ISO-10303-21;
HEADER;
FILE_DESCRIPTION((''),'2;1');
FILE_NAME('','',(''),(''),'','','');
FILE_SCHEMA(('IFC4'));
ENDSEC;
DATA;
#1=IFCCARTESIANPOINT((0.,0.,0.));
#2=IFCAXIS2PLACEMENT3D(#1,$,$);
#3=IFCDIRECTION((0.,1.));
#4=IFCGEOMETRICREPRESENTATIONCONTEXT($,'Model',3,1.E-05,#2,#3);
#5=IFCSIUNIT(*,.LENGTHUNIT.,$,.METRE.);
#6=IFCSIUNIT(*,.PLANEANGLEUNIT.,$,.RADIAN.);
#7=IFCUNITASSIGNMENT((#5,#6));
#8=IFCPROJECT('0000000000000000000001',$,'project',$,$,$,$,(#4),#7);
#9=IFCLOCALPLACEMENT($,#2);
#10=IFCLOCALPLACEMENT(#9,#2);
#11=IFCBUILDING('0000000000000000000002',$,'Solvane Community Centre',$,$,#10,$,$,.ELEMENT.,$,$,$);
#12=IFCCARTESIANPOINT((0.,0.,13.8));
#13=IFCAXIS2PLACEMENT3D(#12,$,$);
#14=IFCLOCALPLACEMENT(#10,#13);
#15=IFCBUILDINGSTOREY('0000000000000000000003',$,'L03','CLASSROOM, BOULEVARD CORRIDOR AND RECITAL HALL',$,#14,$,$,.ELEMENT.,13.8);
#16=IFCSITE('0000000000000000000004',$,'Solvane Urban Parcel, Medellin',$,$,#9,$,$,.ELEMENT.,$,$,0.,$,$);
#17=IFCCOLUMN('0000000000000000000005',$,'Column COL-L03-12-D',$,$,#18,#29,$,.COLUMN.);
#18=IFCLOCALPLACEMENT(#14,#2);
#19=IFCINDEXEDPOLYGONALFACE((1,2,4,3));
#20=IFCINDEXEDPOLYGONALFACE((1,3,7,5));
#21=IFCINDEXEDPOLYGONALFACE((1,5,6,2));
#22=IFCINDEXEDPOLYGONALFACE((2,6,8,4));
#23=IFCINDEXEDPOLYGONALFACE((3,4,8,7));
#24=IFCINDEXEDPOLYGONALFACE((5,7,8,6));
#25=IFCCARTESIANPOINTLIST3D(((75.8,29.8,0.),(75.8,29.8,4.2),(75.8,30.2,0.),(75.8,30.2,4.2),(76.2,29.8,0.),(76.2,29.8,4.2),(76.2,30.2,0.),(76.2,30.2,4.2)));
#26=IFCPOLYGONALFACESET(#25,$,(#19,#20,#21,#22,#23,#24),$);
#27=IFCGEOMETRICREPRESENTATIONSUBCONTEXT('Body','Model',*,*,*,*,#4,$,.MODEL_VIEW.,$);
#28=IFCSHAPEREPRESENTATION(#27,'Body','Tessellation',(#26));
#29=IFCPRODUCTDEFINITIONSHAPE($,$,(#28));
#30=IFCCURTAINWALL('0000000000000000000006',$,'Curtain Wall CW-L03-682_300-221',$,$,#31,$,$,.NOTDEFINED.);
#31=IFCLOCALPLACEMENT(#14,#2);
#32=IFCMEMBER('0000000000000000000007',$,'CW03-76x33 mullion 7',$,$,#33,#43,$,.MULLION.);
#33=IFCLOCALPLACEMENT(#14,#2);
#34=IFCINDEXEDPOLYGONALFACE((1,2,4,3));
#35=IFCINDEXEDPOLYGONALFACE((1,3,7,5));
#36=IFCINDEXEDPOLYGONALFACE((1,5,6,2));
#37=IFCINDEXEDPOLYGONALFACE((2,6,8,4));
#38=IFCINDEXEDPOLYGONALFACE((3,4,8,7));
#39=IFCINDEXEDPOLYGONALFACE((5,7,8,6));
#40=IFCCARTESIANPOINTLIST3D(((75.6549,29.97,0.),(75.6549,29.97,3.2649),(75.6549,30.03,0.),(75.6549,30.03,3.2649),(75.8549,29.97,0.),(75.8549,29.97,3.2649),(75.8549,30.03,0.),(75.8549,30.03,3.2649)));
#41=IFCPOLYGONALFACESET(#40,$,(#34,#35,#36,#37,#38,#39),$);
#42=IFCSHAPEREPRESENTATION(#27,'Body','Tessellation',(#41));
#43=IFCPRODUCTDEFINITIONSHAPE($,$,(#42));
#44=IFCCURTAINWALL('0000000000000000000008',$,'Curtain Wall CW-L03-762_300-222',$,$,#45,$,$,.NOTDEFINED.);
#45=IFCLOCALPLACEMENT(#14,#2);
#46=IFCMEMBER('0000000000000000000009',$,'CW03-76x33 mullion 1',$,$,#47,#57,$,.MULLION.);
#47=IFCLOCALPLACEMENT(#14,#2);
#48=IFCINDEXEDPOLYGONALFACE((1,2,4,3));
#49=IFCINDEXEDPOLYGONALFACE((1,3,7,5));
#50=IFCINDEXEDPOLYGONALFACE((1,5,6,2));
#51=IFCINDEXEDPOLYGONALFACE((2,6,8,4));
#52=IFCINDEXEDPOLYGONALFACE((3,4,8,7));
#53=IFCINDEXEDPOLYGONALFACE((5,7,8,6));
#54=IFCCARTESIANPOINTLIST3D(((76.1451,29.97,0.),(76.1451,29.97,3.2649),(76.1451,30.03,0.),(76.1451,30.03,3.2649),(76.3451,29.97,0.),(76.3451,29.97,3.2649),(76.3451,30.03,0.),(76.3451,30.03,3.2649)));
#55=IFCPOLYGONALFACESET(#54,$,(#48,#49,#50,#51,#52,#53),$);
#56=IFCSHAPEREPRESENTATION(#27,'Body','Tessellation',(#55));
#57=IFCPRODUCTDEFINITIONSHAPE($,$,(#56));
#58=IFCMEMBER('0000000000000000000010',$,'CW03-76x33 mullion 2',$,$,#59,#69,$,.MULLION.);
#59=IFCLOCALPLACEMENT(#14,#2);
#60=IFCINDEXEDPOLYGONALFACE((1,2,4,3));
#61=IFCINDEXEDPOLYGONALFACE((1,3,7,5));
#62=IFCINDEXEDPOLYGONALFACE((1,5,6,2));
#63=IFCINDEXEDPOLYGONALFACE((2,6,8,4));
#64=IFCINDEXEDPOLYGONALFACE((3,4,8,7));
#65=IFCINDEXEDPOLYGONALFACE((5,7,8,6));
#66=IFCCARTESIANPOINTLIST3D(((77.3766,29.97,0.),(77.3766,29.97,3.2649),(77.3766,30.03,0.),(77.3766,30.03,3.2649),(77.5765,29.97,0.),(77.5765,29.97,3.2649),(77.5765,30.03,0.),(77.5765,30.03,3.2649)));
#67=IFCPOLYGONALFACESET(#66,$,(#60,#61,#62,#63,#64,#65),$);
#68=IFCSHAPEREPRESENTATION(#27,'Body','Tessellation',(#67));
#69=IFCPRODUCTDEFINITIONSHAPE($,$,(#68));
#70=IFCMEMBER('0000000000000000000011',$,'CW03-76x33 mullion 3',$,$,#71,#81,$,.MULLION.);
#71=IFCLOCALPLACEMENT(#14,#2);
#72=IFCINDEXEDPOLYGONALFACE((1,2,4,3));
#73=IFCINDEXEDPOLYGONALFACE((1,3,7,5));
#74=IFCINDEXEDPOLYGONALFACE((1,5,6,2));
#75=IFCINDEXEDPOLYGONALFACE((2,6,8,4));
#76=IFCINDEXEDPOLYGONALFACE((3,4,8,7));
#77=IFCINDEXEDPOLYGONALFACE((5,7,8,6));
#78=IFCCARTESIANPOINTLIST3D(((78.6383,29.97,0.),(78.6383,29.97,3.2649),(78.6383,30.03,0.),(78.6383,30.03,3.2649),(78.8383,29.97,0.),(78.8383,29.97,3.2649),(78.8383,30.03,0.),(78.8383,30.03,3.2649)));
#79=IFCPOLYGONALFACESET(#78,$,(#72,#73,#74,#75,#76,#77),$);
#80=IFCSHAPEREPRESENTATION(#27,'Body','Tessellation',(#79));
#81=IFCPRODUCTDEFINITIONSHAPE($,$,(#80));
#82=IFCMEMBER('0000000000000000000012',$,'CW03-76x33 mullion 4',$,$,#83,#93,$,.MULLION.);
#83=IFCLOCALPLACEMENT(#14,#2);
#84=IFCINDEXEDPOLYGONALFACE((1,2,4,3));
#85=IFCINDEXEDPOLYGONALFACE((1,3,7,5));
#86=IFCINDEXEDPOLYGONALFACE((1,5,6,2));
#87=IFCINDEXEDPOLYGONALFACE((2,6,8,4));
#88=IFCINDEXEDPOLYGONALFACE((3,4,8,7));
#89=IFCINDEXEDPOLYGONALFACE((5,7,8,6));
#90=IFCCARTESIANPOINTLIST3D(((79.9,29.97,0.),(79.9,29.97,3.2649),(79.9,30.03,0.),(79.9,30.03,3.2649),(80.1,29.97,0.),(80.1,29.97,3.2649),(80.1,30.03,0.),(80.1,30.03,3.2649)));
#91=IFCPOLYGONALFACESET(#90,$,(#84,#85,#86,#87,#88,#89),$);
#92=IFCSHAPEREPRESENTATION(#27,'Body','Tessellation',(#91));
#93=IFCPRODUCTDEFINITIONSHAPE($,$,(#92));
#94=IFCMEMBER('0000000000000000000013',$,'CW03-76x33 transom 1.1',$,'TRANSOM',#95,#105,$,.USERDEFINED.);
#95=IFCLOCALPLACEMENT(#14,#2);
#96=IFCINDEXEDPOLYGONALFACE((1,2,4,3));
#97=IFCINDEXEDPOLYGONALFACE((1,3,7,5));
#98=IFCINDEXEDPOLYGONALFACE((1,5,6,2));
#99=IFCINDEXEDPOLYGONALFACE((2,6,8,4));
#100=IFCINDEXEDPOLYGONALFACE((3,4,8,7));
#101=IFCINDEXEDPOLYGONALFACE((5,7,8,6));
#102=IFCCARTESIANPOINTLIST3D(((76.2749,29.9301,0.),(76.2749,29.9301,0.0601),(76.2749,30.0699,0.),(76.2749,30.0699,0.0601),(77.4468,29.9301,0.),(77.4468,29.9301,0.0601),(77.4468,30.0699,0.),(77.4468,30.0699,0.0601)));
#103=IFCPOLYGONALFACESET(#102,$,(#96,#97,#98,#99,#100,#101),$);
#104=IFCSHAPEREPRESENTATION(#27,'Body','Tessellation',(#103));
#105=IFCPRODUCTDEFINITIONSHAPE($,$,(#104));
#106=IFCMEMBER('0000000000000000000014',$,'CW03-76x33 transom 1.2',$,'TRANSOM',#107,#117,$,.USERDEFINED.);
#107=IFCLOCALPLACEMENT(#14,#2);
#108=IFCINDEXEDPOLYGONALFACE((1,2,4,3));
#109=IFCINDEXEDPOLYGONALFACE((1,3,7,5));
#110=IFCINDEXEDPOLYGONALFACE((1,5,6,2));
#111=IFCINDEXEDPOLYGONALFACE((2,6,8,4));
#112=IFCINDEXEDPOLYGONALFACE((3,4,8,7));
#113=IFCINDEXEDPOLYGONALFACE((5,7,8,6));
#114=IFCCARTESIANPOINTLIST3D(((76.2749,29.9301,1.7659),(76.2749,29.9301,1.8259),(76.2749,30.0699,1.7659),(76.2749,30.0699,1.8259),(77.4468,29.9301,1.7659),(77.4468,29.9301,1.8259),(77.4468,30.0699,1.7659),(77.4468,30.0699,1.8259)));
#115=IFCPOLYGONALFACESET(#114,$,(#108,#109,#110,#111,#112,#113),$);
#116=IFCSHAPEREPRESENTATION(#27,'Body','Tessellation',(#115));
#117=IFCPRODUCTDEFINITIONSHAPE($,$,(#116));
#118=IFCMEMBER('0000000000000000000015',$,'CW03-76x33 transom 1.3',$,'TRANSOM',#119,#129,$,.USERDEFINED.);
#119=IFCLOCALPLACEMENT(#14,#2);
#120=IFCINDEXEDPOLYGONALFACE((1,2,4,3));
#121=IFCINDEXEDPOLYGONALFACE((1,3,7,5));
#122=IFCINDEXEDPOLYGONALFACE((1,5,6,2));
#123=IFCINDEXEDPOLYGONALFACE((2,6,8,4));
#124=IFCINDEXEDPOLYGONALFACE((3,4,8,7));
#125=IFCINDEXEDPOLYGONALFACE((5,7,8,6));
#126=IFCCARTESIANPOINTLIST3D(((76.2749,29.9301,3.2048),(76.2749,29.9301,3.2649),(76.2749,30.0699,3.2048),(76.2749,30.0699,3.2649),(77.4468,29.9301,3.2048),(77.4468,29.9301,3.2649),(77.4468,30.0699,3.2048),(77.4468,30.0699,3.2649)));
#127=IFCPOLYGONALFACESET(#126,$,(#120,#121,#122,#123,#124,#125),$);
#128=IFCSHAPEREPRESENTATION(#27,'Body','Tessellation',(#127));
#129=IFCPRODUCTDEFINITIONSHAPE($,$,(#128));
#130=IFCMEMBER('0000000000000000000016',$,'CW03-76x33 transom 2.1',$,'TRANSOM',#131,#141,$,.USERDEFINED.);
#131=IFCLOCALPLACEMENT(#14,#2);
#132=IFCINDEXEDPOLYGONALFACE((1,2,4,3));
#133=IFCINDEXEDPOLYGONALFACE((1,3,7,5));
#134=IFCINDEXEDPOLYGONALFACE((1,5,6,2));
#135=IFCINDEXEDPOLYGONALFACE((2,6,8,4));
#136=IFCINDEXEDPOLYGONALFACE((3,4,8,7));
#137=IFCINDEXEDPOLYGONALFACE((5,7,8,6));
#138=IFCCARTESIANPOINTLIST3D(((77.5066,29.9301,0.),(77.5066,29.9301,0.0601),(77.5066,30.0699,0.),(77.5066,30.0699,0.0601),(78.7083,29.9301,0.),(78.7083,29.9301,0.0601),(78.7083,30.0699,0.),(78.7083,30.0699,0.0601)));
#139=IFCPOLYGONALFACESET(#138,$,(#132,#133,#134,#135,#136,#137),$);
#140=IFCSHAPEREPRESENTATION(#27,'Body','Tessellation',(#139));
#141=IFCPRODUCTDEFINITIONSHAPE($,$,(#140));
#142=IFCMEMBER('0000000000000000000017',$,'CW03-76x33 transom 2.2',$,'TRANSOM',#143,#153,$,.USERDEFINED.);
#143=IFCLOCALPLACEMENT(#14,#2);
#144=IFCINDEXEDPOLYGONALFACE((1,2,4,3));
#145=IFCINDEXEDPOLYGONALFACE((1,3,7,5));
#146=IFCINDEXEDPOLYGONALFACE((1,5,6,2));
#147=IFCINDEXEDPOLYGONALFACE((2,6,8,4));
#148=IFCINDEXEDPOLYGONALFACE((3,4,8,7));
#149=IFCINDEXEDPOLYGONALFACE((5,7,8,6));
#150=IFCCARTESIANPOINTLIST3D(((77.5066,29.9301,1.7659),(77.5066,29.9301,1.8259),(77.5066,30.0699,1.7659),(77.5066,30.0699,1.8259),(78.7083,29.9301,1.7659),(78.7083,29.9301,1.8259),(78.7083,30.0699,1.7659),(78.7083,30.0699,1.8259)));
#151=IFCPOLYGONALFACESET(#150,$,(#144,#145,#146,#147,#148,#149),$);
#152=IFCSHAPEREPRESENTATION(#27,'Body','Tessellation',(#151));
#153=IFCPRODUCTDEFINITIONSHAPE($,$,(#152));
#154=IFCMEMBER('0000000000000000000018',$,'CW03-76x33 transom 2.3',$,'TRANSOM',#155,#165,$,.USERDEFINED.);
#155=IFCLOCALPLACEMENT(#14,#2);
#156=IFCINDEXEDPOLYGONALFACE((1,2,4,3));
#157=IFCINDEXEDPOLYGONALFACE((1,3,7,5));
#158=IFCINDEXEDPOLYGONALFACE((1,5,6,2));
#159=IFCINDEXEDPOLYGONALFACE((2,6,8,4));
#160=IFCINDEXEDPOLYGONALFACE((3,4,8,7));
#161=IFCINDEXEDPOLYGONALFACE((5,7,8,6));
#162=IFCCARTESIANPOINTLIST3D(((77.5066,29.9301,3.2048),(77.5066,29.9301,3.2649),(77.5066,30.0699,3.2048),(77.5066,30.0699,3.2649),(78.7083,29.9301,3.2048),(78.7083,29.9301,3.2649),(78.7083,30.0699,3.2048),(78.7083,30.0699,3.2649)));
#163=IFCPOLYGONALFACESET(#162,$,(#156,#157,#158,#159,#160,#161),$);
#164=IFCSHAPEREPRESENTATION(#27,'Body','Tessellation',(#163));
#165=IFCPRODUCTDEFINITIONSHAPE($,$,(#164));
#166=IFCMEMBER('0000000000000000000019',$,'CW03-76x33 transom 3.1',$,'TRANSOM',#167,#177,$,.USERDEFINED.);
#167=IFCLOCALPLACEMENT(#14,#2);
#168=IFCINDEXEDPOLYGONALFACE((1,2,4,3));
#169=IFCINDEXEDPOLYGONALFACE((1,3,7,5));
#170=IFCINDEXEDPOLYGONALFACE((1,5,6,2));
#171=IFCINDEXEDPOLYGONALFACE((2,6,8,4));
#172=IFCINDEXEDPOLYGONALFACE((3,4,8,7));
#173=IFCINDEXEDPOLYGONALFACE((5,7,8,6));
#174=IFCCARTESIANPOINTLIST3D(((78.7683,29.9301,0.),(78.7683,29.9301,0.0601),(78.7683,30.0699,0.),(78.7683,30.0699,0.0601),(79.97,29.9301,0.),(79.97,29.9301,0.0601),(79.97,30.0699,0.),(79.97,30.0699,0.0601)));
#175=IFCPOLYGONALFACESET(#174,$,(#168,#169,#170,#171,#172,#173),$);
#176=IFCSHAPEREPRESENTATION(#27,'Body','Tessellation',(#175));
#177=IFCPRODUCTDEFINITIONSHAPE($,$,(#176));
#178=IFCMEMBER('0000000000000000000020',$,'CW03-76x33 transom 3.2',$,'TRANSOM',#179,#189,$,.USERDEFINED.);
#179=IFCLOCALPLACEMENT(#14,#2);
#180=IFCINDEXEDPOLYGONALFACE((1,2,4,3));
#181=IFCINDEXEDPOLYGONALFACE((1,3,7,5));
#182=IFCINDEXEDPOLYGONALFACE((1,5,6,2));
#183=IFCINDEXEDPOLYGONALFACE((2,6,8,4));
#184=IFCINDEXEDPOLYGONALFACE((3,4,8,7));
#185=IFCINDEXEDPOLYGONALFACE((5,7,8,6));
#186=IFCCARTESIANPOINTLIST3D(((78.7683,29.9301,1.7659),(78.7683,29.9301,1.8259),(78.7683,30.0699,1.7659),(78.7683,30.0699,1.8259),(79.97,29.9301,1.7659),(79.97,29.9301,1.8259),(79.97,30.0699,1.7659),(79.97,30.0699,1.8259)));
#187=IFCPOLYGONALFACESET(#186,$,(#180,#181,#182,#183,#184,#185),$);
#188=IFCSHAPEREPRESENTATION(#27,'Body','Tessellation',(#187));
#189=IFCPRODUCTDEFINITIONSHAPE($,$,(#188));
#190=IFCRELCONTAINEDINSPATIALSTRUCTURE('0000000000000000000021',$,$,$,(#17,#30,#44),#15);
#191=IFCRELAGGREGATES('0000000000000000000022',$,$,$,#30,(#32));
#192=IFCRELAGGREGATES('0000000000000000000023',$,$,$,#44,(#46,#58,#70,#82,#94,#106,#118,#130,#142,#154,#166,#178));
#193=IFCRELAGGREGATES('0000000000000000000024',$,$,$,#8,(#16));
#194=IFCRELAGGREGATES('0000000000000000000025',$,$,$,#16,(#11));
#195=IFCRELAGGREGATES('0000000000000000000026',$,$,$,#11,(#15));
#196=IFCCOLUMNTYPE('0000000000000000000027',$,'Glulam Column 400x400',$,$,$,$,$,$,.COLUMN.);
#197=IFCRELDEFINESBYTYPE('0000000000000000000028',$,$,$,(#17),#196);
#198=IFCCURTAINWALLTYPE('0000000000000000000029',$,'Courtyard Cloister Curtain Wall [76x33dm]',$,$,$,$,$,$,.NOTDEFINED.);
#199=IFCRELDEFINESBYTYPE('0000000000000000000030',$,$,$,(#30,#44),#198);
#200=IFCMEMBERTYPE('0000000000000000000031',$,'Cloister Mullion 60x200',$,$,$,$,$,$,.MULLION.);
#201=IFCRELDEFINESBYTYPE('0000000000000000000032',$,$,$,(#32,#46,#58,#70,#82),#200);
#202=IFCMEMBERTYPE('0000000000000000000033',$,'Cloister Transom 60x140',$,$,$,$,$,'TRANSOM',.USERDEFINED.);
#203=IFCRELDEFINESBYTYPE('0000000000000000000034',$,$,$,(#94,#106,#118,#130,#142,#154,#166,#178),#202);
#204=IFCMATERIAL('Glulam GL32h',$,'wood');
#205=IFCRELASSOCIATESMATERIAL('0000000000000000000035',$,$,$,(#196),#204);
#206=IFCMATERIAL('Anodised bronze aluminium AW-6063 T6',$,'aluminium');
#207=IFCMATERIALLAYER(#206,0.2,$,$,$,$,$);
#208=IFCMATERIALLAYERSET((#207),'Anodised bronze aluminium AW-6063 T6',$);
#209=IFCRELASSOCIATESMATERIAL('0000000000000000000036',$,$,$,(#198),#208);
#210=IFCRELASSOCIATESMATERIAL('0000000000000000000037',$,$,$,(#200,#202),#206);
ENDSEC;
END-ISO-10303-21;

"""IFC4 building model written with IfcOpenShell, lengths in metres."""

from ifc_helpers import new_model, si_unit, direction, frame, origin, origin_2d, place, context, subcontext, project, spatial, rectangle, extrude, material, layer, layer_set, material_profile, profile_set, type_object, element, aggregate, save


model = new_model("IFC4")

# Units and contexts
model_context = context("Model", 3, precision=1e-05, world=origin(), true_north=direction((0.0, 1.0)))
body_context = subcontext(model_context, "Body", "Model", "MODEL_VIEW")
ifc_project = project(units=[si_unit("LENGTHUNIT", "METRE"), si_unit("PLANEANGLEUNIT", "RADIAN")], contexts=[model_context])

# Site, building, storey
site_placement = place(None, origin())
site = spatial("IfcSite", under=ifc_project, at=site_placement, Name="Solvane Urban Parcel, Medellin", CompositionType="ELEMENT", RefElevation=0.0)
building_placement = place(site_placement, origin())
building = spatial("IfcBuilding", under=site, at=building_placement, Name="Solvane Community Centre", CompositionType="ELEMENT")
storey_placement = place(building_placement, frame((0.0, 0.0, 13.8)))
storey = spatial("IfcBuildingStorey", under=building, at=storey_placement, Name="L03", Description="CLASSROOM, BOULEVARD CORRIDOR AND RECITAL HALL", CompositionType="ELEMENT", Elevation=13.8)

# Column
ifc_material_1 = material(Name="Glulam GL32h", Category="wood")
ifc_material_profile_1 = material_profile(ifc_material_1, rectangle(XDim=0.3999, YDim=0.3999, at=origin_2d()), Name="GL32h 400x400")
ifc_profile_set_1 = profile_set([ifc_material_profile_1], Name="Glulam GL32h")
column_type = type_object("IfcColumnType", Name="Glulam Column 400x400", PredefinedType="COLUMN", material=ifc_profile_set_1)
column_placement = place(storey_placement, frame((76.0, 30.0, 0.0), z_axis=(0.0, 0.0, 1.0), x_axis=(1.0, 0.0, 0.0)))
element("IfcColumn", 1, at=column_placement, inside=storey, type_object=column_type, Name="Column COL-L03-12-D", PredefinedType="COLUMN", context=body_context, shape_type="SweptSolid", body=[
    extrude(rectangle(XDim=0.3999, YDim=0.3999, at=origin_2d()), origin(), (0.0, 0.0, 1.0), 4.2),
])

# Curtain wall, member
ifc_material_2 = material(Name="Anodised bronze aluminium AW-6063 T6", Category="aluminium")
ifc_layer_1 = layer(ifc_material_2, 0.2)
ifc_layer_set_1 = layer_set([ifc_layer_1], Name="Anodised bronze aluminium AW-6063 T6")
curtain_wall_type = type_object("IfcCurtainWallType", Name="Courtyard Cloister Curtain Wall [76x33dm]", PredefinedType="NOTDEFINED", material=ifc_layer_set_1)
curtain_wall_1_placement = place(storey_placement, origin())
curtain_wall_1 = element("IfcCurtainWall", 2, at=curtain_wall_1_placement, inside=storey, type_object=curtain_wall_type, Name="Curtain Wall CW-L03-682_300-221", PredefinedType="NOTDEFINED")
ifc_material_profile_2 = material_profile(ifc_material_2, rectangle(XDim=0.0601, YDim=0.2, at=origin_2d()), Name="CW-M 60x200")
ifc_profile_set_2 = profile_set([ifc_material_profile_2], Name="Anodised bronze aluminium AW-6063 T6")
member_type_1 = type_object("IfcMemberType", Name="Cloister Mullion 60x200", PredefinedType="MULLION", material=ifc_profile_set_2)
member_1_placement = place(storey_placement, frame((75.7549, 30.0, 0.0), z_axis=(0.0, 0.0, 1.0), x_axis=(0.0, 1.0, 0.0)))
member_1 = element("IfcMember", 3, at=member_1_placement, type_object=member_type_1, Name="CW03-76x33 mullion 7", PredefinedType="MULLION", context=body_context, shape_type="SweptSolid", body=[
    extrude(rectangle(XDim=0.0601, YDim=0.2, at=origin_2d()), origin(), (0.0, 0.0, 1.0), 3.2649),
])
aggregate(curtain_wall_1, [member_1])

# Curtain wall, members
curtain_wall_2_placement = place(storey_placement, origin())
curtain_wall_2 = element("IfcCurtainWall", 4, at=curtain_wall_2_placement, inside=storey, type_object=curtain_wall_type, Name="Curtain Wall CW-L03-762_300-222", PredefinedType="NOTDEFINED")
member_2_placement = place(storey_placement, frame((76.2451, 30.0, 0.0), z_axis=(0.0, 0.0, 1.0), x_axis=(0.0, 1.0, 0.0)))
member_2 = element("IfcMember", 5, at=member_2_placement, type_object=member_type_1, Name="CW03-76x33 mullion 1", PredefinedType="MULLION", context=body_context, shape_type="SweptSolid", body=[
    extrude(rectangle(XDim=0.0601, YDim=0.2, at=origin_2d()), origin(), (0.0, 0.0, 1.0), 3.2649),
])
member_3_placement = place(storey_placement, frame((77.4766, 30.0, 0.0), z_axis=(0.0, 0.0, 1.0), x_axis=(0.0, 1.0, 0.0)))
member_3 = element("IfcMember", 6, at=member_3_placement, type_object=member_type_1, Name="CW03-76x33 mullion 2", PredefinedType="MULLION", context=body_context, shape_type="SweptSolid", body=[
    extrude(rectangle(XDim=0.0601, YDim=0.2, at=origin_2d()), origin(), (0.0, 0.0, 1.0), 3.2649),
])
member_4_placement = place(storey_placement, frame((78.7383, 30.0, 0.0), z_axis=(0.0, 0.0, 1.0), x_axis=(0.0, 1.0, 0.0)))
member_4 = element("IfcMember", 7, at=member_4_placement, type_object=member_type_1, Name="CW03-76x33 mullion 3", PredefinedType="MULLION", context=body_context, shape_type="SweptSolid", body=[
    extrude(rectangle(XDim=0.0601, YDim=0.2, at=origin_2d()), origin(), (0.0, 0.0, 1.0), 3.2649),
])
member_5_placement = place(storey_placement, frame((80.0, 30.0, 0.0), z_axis=(0.0, 0.0, 1.0), x_axis=(0.0, 1.0, 0.0)))
member_5 = element("IfcMember", 8, at=member_5_placement, type_object=member_type_1, Name="CW03-76x33 mullion 4", PredefinedType="MULLION", context=body_context, shape_type="SweptSolid", body=[
    extrude(rectangle(XDim=0.0601, YDim=0.2, at=origin_2d()), origin(), (0.0, 0.0, 1.0), 3.2649),
])
ifc_material_profile_3 = material_profile(ifc_material_2, rectangle(XDim=0.1399, YDim=0.0601, at=origin_2d()), Name="CW-T 60x140")
ifc_profile_set_3 = profile_set([ifc_material_profile_3], Name="Anodised bronze aluminium AW-6063 T6")
member_type_2 = type_object("IfcMemberType", Name="Cloister Transom 60x140", ElementType="TRANSOM", PredefinedType="USERDEFINED", material=ifc_profile_set_3)
member_6_placement = place(storey_placement, frame((76.2749, 30.0, 0.03), z_axis=(1.0, 0.0, 0.0), x_axis=(0.0, 1.0, 0.0)))
member_6 = element("IfcMember", 9, at=member_6_placement, type_object=member_type_2, Name="CW03-76x33 transom 1.1", ObjectType="TRANSOM", PredefinedType="USERDEFINED", context=body_context, shape_type="SweptSolid", body=[
    extrude(rectangle(XDim=0.1399, YDim=0.0601, at=origin_2d()), origin(), (0.0, 0.0, 1.0), 1.1719),
])
member_7_placement = place(storey_placement, frame((76.2749, 30.0, 1.7959), z_axis=(1.0, 0.0, 0.0), x_axis=(0.0, 1.0, 0.0)))
member_7 = element("IfcMember", 10, at=member_7_placement, type_object=member_type_2, Name="CW03-76x33 transom 1.2", ObjectType="TRANSOM", PredefinedType="USERDEFINED", context=body_context, shape_type="SweptSolid", body=[
    extrude(rectangle(XDim=0.1399, YDim=0.0601, at=origin_2d()), origin(), (0.0, 0.0, 1.0), 1.1719),
])
member_8_placement = place(storey_placement, frame((76.2749, 30.0, 3.2349), z_axis=(1.0, 0.0, 0.0), x_axis=(0.0, 1.0, 0.0)))
member_8 = element("IfcMember", 11, at=member_8_placement, type_object=member_type_2, Name="CW03-76x33 transom 1.3", ObjectType="TRANSOM", PredefinedType="USERDEFINED", context=body_context, shape_type="SweptSolid", body=[
    extrude(rectangle(XDim=0.1399, YDim=0.0601, at=origin_2d()), origin(), (0.0, 0.0, 1.0), 1.1719),
])
member_9_placement = place(storey_placement, frame((77.5066, 30.0, 0.03), z_axis=(1.0, 0.0, 0.0), x_axis=(0.0, 1.0, 0.0)))
member_9 = element("IfcMember", 12, at=member_9_placement, type_object=member_type_2, Name="CW03-76x33 transom 2.1", ObjectType="TRANSOM", PredefinedType="USERDEFINED", context=body_context, shape_type="SweptSolid", body=[
    extrude(rectangle(XDim=0.1399, YDim=0.0601, at=origin_2d()), origin(), (0.0, 0.0, 1.0), 1.2017),
])
member_10_placement = place(storey_placement, frame((77.5066, 30.0, 1.7959), z_axis=(1.0, 0.0, 0.0), x_axis=(0.0, 1.0, 0.0)))
member_10 = element("IfcMember", 13, at=member_10_placement, type_object=member_type_2, Name="CW03-76x33 transom 2.2", ObjectType="TRANSOM", PredefinedType="USERDEFINED", context=body_context, shape_type="SweptSolid", body=[
    extrude(rectangle(XDim=0.1399, YDim=0.0601, at=origin_2d()), origin(), (0.0, 0.0, 1.0), 1.2017),
])
member_11_placement = place(storey_placement, frame((77.5066, 30.0, 3.2349), z_axis=(1.0, 0.0, 0.0), x_axis=(0.0, 1.0, 0.0)))
member_11 = element("IfcMember", 14, at=member_11_placement, type_object=member_type_2, Name="CW03-76x33 transom 2.3", ObjectType="TRANSOM", PredefinedType="USERDEFINED", context=body_context, shape_type="SweptSolid", body=[
    extrude(rectangle(XDim=0.1399, YDim=0.0601, at=origin_2d()), origin(), (0.0, 0.0, 1.0), 1.2017),
])
member_12_placement = place(storey_placement, frame((78.7683, 30.0, 0.03), z_axis=(1.0, 0.0, 0.0), x_axis=(0.0, 1.0, 0.0)))
member_12 = element("IfcMember", 15, at=member_12_placement, type_object=member_type_2, Name="CW03-76x33 transom 3.1", ObjectType="TRANSOM", PredefinedType="USERDEFINED", context=body_context, shape_type="SweptSolid", body=[
    extrude(rectangle(XDim=0.1399, YDim=0.0601, at=origin_2d()), origin(), (0.0, 0.0, 1.0), 1.2017),
])
member_13_placement = place(storey_placement, frame((78.7683, 30.0, 1.7959), z_axis=(1.0, 0.0, 0.0), x_axis=(0.0, 1.0, 0.0)))
member_13 = element("IfcMember", 16, at=member_13_placement, type_object=member_type_2, Name="CW03-76x33 transom 3.2", ObjectType="TRANSOM", PredefinedType="USERDEFINED", context=body_context, shape_type="SweptSolid", body=[
    extrude(rectangle(XDim=0.1399, YDim=0.0601, at=origin_2d()), origin(), (0.0, 0.0, 1.0), 1.2017),
])

aggregate(curtain_wall_2, [member_2, member_3, member_4, member_5, member_6, member_7, member_8, member_9, member_10, member_11, member_12, member_13])

save(model, "model.ifc")
